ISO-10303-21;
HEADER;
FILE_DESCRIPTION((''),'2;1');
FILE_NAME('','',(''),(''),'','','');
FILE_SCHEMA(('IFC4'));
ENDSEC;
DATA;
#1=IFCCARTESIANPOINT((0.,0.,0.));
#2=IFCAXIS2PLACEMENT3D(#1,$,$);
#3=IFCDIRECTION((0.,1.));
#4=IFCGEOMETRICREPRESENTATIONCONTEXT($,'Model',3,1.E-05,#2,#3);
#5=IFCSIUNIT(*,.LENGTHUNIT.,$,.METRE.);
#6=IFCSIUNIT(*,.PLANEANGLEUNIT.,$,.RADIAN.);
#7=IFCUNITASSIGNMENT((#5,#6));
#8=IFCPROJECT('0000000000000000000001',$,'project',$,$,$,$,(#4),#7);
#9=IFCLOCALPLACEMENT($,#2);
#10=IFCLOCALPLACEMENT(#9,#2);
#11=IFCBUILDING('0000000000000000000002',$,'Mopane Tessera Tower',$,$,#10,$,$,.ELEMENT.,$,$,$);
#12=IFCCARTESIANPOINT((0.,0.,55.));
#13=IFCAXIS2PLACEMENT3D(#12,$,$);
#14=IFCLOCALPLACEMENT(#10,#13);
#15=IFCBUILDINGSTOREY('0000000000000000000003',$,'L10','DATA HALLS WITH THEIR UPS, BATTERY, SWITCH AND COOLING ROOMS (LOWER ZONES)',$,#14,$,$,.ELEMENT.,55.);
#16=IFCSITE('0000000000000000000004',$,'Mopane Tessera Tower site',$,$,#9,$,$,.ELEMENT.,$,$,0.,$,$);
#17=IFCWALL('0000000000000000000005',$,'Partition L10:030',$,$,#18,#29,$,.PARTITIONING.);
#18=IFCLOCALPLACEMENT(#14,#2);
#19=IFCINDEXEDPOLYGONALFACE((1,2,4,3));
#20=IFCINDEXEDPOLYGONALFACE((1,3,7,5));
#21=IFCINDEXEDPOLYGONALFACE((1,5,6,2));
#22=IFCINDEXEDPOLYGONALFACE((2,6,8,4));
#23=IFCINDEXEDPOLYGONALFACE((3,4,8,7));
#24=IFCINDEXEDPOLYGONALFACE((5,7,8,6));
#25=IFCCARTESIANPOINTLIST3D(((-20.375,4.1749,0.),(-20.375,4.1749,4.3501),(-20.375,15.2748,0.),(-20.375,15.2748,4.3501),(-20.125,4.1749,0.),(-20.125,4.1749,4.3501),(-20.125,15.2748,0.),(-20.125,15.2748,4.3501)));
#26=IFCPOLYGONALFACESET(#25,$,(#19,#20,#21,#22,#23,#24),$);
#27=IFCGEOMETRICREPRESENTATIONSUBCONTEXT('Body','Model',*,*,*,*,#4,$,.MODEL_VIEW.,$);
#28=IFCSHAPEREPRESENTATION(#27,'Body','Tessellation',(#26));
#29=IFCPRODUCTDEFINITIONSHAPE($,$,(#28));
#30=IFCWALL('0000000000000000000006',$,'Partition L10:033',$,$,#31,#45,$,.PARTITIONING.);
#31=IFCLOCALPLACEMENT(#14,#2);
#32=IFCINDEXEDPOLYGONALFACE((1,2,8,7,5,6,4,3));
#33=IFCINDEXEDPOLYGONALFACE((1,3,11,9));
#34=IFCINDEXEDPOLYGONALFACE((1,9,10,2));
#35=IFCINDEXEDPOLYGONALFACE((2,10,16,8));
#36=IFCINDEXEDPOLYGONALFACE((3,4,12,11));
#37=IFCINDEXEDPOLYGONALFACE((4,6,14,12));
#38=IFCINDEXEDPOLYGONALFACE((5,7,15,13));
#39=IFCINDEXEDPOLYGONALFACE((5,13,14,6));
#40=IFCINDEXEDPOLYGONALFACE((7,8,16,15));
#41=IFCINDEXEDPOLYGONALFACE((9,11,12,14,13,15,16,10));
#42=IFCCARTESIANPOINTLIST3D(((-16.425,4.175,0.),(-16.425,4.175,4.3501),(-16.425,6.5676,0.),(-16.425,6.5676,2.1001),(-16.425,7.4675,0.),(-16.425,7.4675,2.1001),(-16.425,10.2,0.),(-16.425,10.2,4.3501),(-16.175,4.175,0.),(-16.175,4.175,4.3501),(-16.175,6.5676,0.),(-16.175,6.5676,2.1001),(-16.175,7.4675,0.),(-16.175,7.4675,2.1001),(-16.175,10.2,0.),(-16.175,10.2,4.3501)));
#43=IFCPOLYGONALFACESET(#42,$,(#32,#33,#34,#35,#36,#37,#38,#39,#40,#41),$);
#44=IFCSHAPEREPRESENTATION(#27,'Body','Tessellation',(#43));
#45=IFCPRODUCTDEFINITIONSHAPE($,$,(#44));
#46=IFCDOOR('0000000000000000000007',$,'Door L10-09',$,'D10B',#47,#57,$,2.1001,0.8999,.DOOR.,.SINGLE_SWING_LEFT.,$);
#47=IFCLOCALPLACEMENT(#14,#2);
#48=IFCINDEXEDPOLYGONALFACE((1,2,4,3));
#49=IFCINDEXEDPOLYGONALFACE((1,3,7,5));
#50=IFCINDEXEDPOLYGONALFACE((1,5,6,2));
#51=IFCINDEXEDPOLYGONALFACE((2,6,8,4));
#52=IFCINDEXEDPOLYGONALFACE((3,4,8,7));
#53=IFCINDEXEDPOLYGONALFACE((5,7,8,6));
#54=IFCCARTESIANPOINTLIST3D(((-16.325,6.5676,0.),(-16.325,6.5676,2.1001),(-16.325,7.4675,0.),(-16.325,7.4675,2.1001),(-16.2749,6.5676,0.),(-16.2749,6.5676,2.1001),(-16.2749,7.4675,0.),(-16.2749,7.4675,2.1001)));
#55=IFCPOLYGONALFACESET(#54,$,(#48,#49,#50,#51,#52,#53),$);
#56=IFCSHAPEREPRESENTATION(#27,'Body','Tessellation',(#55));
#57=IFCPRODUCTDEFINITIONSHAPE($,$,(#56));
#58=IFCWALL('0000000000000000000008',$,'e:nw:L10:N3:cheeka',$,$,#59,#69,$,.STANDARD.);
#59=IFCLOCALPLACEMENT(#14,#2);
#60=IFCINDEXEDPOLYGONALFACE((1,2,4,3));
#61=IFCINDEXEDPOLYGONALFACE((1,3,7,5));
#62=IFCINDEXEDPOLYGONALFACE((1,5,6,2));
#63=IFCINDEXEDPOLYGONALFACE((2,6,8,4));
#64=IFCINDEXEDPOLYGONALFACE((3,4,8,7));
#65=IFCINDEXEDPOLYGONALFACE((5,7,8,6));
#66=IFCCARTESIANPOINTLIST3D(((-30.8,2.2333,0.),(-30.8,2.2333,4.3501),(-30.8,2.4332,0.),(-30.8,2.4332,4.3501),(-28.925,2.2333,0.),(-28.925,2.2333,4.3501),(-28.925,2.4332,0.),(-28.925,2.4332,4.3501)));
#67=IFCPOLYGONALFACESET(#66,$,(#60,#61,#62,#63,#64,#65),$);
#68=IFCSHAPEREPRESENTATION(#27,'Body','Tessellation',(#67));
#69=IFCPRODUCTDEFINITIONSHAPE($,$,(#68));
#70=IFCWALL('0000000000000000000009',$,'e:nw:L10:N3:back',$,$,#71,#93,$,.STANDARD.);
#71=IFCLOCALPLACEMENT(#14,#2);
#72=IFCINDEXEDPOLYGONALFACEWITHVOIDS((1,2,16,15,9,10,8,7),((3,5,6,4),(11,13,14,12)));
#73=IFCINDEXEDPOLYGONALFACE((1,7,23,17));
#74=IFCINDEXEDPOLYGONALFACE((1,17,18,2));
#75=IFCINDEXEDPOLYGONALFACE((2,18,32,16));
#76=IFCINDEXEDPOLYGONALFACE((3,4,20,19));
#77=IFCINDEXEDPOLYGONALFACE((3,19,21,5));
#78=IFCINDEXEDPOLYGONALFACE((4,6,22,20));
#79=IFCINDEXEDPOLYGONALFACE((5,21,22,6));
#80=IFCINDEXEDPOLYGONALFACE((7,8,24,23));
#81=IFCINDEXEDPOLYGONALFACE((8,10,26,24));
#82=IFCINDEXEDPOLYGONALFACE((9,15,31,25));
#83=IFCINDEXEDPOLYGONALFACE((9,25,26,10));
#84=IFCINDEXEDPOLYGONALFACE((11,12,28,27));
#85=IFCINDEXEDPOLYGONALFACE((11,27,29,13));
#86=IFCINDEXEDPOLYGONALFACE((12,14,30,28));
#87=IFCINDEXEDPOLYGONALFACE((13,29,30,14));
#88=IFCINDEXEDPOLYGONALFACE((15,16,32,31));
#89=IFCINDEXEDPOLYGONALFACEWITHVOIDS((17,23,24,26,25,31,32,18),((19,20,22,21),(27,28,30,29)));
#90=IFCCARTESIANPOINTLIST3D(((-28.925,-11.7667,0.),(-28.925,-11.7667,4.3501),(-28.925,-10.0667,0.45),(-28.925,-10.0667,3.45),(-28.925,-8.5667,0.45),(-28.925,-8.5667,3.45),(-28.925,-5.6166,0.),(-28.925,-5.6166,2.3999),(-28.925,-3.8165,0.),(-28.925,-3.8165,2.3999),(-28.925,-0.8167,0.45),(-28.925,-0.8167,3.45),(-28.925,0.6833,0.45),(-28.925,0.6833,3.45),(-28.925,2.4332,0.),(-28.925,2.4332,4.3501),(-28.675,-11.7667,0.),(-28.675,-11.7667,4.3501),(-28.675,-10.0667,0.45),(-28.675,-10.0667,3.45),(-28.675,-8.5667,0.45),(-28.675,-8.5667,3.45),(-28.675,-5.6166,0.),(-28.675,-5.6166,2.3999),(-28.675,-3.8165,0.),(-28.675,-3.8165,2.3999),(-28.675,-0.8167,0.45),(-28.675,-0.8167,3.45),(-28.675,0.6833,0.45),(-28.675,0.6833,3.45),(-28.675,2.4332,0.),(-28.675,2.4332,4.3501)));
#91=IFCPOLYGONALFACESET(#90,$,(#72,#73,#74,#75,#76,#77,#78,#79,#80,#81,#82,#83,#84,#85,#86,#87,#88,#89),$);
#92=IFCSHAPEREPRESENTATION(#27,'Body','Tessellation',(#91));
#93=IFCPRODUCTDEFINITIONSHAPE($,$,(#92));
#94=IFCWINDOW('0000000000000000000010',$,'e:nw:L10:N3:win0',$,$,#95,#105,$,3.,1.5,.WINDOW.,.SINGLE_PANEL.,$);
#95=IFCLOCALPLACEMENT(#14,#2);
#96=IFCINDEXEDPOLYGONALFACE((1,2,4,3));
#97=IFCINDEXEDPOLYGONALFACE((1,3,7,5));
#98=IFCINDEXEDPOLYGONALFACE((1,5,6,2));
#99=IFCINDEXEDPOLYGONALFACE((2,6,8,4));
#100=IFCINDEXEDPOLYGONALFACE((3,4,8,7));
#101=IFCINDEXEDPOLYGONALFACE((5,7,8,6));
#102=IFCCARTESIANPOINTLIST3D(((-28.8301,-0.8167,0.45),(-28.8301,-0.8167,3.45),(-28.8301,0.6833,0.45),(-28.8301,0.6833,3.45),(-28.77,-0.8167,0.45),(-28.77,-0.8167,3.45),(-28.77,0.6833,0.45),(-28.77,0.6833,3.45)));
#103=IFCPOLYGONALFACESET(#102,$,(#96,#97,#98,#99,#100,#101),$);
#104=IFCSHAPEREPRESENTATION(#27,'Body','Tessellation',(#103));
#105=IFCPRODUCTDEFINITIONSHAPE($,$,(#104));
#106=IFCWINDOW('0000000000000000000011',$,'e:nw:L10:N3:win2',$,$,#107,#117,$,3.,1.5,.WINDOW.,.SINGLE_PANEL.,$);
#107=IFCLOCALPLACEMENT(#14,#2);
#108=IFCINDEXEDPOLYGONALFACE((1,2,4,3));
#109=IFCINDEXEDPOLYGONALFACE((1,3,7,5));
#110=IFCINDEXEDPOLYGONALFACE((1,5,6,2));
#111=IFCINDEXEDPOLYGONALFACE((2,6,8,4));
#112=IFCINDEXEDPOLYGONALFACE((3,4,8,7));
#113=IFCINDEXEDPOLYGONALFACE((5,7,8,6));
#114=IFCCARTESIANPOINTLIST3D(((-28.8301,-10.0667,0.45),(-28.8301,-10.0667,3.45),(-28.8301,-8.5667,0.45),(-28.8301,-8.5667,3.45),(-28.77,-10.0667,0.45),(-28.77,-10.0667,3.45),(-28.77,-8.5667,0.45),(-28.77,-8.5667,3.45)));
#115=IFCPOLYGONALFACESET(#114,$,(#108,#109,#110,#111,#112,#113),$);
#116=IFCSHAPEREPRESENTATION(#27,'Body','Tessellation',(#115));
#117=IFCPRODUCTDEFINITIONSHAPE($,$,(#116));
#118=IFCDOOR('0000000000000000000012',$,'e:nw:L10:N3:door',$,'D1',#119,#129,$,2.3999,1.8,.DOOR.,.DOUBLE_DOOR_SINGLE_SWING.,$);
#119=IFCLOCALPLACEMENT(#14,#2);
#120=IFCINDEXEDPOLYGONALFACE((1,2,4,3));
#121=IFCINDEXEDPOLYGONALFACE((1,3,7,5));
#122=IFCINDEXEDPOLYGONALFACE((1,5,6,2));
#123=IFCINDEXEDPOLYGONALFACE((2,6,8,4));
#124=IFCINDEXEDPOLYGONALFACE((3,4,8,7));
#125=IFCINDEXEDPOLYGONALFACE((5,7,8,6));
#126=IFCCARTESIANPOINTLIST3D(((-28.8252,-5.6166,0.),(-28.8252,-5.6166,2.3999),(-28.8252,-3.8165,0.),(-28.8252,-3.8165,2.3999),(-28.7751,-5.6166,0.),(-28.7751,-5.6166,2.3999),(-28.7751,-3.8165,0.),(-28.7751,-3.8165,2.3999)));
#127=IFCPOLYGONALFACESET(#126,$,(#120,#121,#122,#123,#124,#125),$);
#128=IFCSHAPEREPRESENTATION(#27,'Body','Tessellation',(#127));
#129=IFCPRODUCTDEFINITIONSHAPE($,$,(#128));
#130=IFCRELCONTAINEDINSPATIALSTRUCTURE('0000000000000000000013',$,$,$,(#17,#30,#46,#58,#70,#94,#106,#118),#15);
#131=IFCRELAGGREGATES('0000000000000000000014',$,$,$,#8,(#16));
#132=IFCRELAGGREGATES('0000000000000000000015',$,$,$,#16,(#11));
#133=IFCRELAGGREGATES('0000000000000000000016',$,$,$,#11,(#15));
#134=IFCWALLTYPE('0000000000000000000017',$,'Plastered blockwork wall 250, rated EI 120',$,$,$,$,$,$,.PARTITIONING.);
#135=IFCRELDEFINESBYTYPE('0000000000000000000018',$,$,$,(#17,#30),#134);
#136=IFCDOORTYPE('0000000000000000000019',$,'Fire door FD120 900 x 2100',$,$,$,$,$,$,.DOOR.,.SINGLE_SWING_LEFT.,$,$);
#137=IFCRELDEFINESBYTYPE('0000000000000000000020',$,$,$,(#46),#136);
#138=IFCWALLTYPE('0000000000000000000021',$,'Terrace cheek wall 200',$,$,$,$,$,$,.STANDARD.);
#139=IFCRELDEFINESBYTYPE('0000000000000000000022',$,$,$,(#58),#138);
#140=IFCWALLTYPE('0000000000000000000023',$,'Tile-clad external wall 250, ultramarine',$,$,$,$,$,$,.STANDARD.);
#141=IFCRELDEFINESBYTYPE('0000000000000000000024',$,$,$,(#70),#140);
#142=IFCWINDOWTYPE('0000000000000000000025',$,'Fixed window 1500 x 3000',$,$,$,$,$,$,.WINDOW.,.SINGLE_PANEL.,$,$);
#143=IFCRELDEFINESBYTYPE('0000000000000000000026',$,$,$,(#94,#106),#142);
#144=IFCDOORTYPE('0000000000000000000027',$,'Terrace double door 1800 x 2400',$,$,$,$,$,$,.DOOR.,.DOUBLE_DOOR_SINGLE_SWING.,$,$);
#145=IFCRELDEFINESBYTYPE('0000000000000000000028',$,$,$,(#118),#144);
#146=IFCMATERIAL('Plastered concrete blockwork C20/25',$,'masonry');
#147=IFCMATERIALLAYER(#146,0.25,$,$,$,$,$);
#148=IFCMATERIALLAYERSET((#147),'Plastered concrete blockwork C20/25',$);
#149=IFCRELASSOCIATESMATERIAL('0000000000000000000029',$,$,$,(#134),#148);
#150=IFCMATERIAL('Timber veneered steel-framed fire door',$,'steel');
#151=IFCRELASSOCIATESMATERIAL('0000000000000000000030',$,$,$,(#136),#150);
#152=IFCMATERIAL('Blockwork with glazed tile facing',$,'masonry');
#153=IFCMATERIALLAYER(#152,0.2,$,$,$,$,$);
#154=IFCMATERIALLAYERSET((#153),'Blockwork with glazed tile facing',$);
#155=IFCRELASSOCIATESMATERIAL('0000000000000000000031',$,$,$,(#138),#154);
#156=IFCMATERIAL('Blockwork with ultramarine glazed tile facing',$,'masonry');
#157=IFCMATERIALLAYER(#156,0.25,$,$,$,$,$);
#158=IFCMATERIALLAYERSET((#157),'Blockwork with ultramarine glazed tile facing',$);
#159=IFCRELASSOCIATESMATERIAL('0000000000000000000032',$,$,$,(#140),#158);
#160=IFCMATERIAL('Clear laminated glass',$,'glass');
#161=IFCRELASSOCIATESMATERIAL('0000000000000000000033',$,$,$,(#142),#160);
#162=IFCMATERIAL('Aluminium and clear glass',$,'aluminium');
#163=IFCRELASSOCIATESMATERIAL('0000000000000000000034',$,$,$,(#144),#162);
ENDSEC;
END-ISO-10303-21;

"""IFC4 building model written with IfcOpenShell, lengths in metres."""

from ifc_helpers import new_model, si_unit, direction, frame, frame_2d, origin, place, context, subcontext, project, spatial, rectangle, extrude, material, layer, layer_set, type_object, element, fill, save


model = new_model("IFC4")

# Units and contexts
model_context = context("Model", 3, precision=1e-05, world=origin(), true_north=direction((0.0, 1.0)))
body_context = subcontext(model_context, "Body", "Model", "MODEL_VIEW")
ifc_project = project(units=[si_unit("LENGTHUNIT", "METRE"), si_unit("PLANEANGLEUNIT", "RADIAN")], contexts=[model_context])

# Site, building, storey
site_placement = place(None, origin())
site = spatial("IfcSite", under=ifc_project, at=site_placement, Name="Mopane Tessera Tower site", CompositionType="ELEMENT", RefElevation=0.0)
building_placement = place(site_placement, origin())
building = spatial("IfcBuilding", under=site, at=building_placement, Name="Mopane Tessera Tower", CompositionType="ELEMENT")
storey_placement = place(building_placement, frame((0.0, 0.0, 55.0)))
storey = spatial("IfcBuildingStorey", under=building, at=storey_placement, Name="L10", Description="DATA HALLS WITH THEIR UPS, BATTERY, SWITCH AND COOLING ROOMS (LOWER ZONES)", CompositionType="ELEMENT", Elevation=55.0)

# Wall
ifc_material_1 = material(Name="Plastered concrete blockwork C20/25", Category="masonry")
ifc_layer_1 = layer(ifc_material_1, 0.25)
ifc_layer_set_1 = layer_set([ifc_layer_1], Name="Plastered concrete blockwork C20/25")
wall_type_1 = type_object("IfcWallType", Name="Plastered blockwork wall 250, rated EI 120", PredefinedType="PARTITIONING", material=ifc_layer_set_1)
wall_1_placement = place(storey_placement, frame((-20.25, 4.175, 0.0), z_axis=(0.0, 0.0, 1.0), x_axis=(0.0, 1.0, 0.0)))
element("IfcWall", 1, at=wall_1_placement, inside=storey, type_object=wall_type_1, Name="Partition L10:030", PredefinedType="PARTITIONING", context=body_context, shape_type="SweptSolid", body=[
    extrude(rectangle(XDim=11.0999, YDim=0.25, at=frame_2d((5.5498, 0.0))), origin(), (0.0, 0.0, 1.0), 4.3501),
])

# Wall, opening, door
wall_2_placement = place(storey_placement, frame((-16.3, 4.175, 0.0), z_axis=(0.0, 0.0, 1.0), x_axis=(0.0, 1.0, 0.0)))
wall_2 = element("IfcWall", 2, at=wall_2_placement, inside=storey, type_object=wall_type_1, Name="Partition L10:033", PredefinedType="PARTITIONING", context=body_context, shape_type="SweptSolid", body=[
    extrude(rectangle(XDim=6.0249, YDim=0.25, at=frame_2d((3.0125, 0.0))), origin(), (0.0, 0.0, 1.0), 4.3501),
])
opening_1_placement = place(wall_2_placement, frame((2.3926, 0.0, 0.0)))
opening_1 = element("IfcOpeningElement", 3, at=opening_1_placement, cuts=wall_2, PredefinedType="OPENING", context=body_context, shape_type="SweptSolid", body=[
    extrude(rectangle(XDim=0.8999, YDim=2.1001, at=frame_2d((0.45, 1.05))), frame((0.0, 0.137, 0.0), z_axis=(0.0, -1.0, 0.0), x_axis=(1.0, 0.0, 0.0)), (0.0, 0.0, 1.0), 0.2739),
])
ifc_material_2 = material(Name="Timber veneered steel-framed fire door", Category="steel")
door_type_1 = type_object("IfcDoorType", Name="Fire door FD120 900 x 2100", OperationType="SINGLE_SWING_LEFT", PredefinedType="DOOR", material=ifc_material_2)
door_1_placement = place(opening_1_placement, origin())
door_1 = element("IfcDoor", 4, at=door_1_placement, inside=storey, type_object=door_type_1, Name="Door L10-09", ObjectType="D10B", OperationType="SINGLE_SWING_LEFT", OverallHeight=2.1001, OverallWidth=0.8999, PredefinedType="DOOR", context=body_context, shape_type="SweptSolid", body=[
    extrude(rectangle(XDim=0.8999, YDim=2.1001, at=frame_2d((0.45, 1.05))), frame((0.0, 0.0249, 0.0), z_axis=(0.0, -1.0, 0.0), x_axis=(1.0, 0.0, 0.0)), (0.0, 0.0, 1.0), 0.05),
])
fill(opening_1, door_1)

# Wall
ifc_material_3 = material(Name="Blockwork with glazed tile facing", Category="masonry")
ifc_layer_2 = layer(ifc_material_3, 0.2)
ifc_layer_set_2 = layer_set([ifc_layer_2], Name="Blockwork with glazed tile facing")
wall_type_2 = type_object("IfcWallType", Name="Terrace cheek wall 200", PredefinedType="STANDARD", material=ifc_layer_set_2)
wall_3_placement = place(storey_placement, frame((-30.8, 2.3333, 0.0), z_axis=(0.0, 0.0, 1.0), x_axis=(1.0, 0.0, 0.0)))
element("IfcWall", 5, at=wall_3_placement, inside=storey, type_object=wall_type_2, Name="e:nw:L10:N3:cheeka", PredefinedType="STANDARD", context=body_context, shape_type="SweptSolid", body=[
    extrude(rectangle(XDim=1.875, YDim=0.2, at=frame_2d((0.9375, 0.0))), origin(), (0.0, 0.0, 1.0), 4.3501),
])

# Wall, openings, windows, door
ifc_material_4 = material(Name="Blockwork with ultramarine glazed tile facing", Category="masonry")
ifc_layer_3 = layer(ifc_material_4, 0.25)
ifc_layer_set_3 = layer_set([ifc_layer_3], Name="Blockwork with ultramarine glazed tile facing")
wall_type_3 = type_object("IfcWallType", Name="Tile-clad external wall 250, ultramarine", PredefinedType="STANDARD", material=ifc_layer_set_3)
wall_4_placement = place(storey_placement, frame((-28.8, 2.4333, 0.0), z_axis=(0.0, 0.0, 1.0), x_axis=(0.0, -1.0, 0.0)))
wall_4 = element("IfcWall", 6, at=wall_4_placement, inside=storey, type_object=wall_type_3, Name="e:nw:L10:N3:back", PredefinedType="STANDARD", context=body_context, shape_type="SweptSolid", body=[
    extrude(rectangle(XDim=14.2, YDim=0.25, at=frame_2d((7.1001, 0.0))), origin(), (0.0, 0.0, 1.0), 4.3501),
])
opening_2_placement = place(wall_4_placement, frame((1.75, 0.0, 0.45)))
opening_2 = element("IfcOpeningElement", 7, at=opening_2_placement, cuts=wall_4, PredefinedType="OPENING", context=body_context, shape_type="SweptSolid", body=[
    extrude(rectangle(XDim=1.5, YDim=3.0, at=frame_2d((0.75, 1.5))), frame((0.0, 0.137, 0.0), z_axis=(0.0, -1.0, 0.0), x_axis=(1.0, 0.0, 0.0)), (0.0, 0.0, 1.0), 0.2739),
])
opening_3_placement = place(wall_4_placement, frame((6.25, 0.0, 0.0)))
opening_3 = element("IfcOpeningElement", 8, at=opening_3_placement, cuts=wall_4, PredefinedType="OPENING", context=body_context, shape_type="SweptSolid", body=[
    extrude(rectangle(XDim=1.8, YDim=2.3999, at=frame_2d((0.8999, 1.2))), frame((0.0, 0.137, 0.0), z_axis=(0.0, -1.0, 0.0), x_axis=(1.0, 0.0, 0.0)), (0.0, 0.0, 1.0), 0.2739),
])
opening_4_placement = place(wall_4_placement, frame((11.0, 0.0, 0.45)))
opening_4 = element("IfcOpeningElement", 9, at=opening_4_placement, cuts=wall_4, PredefinedType="OPENING", context=body_context, shape_type="SweptSolid", body=[
    extrude(rectangle(XDim=1.5, YDim=3.0, at=frame_2d((0.75, 1.5))), frame((0.0, 0.137, 0.0), z_axis=(0.0, -1.0, 0.0), x_axis=(1.0, 0.0, 0.0)), (0.0, 0.0, 1.0), 0.2739),
])
ifc_material_5 = material(Name="Clear laminated glass", Category="glass")
window_type = type_object("IfcWindowType", Name="Fixed window 1500 x 3000", PartitioningType="SINGLE_PANEL", PredefinedType="WINDOW", material=ifc_material_5)
window_1_placement = place(opening_2_placement, origin())
window_1 = element("IfcWindow", 10, at=window_1_placement, inside=storey, type_object=window_type, Name="e:nw:L10:N3:win0", OverallHeight=3.0, OverallWidth=1.5, PartitioningType="SINGLE_PANEL", PredefinedType="WINDOW", context=body_context, shape_type="SweptSolid", body=[
    extrude(rectangle(XDim=1.5, YDim=3.0, at=frame_2d((0.75, 1.5))), frame((0.0, 0.03, 0.0), z_axis=(0.0, -1.0, 0.0), x_axis=(1.0, 0.0, 0.0)), (0.0, 0.0, 1.0), 0.0601),
])
fill(opening_2, window_1)
window_2_placement = place(opening_4_placement, origin())
window_2 = element("IfcWindow", 11, at=window_2_placement, inside=storey, type_object=window_type, Name="e:nw:L10:N3:win2", OverallHeight=3.0, OverallWidth=1.5, PartitioningType="SINGLE_PANEL", PredefinedType="WINDOW", context=body_context, shape_type="SweptSolid", body=[
    extrude(rectangle(XDim=1.5, YDim=3.0, at=frame_2d((0.75, 1.5))), frame((0.0, 0.03, 0.0), z_axis=(0.0, -1.0, 0.0), x_axis=(1.0, 0.0, 0.0)), (0.0, 0.0, 1.0), 0.0601),
])
fill(opening_4, window_2)
ifc_material_6 = material(Name="Aluminium and clear glass", Category="aluminium")
door_type_2 = type_object("IfcDoorType", Name="Terrace double door 1800 x 2400", OperationType="DOUBLE_DOOR_SINGLE_SWING", PredefinedType="DOOR", material=ifc_material_6)
door_2_placement = place(opening_3_placement, origin())
door_2 = element("IfcDoor", 12, at=door_2_placement, inside=storey, type_object=door_type_2, Name="e:nw:L10:N3:door", ObjectType="D1", OperationType="DOUBLE_DOOR_SINGLE_SWING", OverallHeight=2.3999, OverallWidth=1.8, PredefinedType="DOOR", context=body_context, shape_type="SweptSolid", body=[
    extrude(rectangle(XDim=1.8, YDim=2.3999, at=frame_2d((0.8999, 1.2))), frame((0.0, 0.0249, 0.0), z_axis=(0.0, -1.0, 0.0), x_axis=(1.0, 0.0, 0.0)), (0.0, 0.0, 1.0), 0.05),
])
fill(opening_3, door_2)

save(model, "model.ifc")
